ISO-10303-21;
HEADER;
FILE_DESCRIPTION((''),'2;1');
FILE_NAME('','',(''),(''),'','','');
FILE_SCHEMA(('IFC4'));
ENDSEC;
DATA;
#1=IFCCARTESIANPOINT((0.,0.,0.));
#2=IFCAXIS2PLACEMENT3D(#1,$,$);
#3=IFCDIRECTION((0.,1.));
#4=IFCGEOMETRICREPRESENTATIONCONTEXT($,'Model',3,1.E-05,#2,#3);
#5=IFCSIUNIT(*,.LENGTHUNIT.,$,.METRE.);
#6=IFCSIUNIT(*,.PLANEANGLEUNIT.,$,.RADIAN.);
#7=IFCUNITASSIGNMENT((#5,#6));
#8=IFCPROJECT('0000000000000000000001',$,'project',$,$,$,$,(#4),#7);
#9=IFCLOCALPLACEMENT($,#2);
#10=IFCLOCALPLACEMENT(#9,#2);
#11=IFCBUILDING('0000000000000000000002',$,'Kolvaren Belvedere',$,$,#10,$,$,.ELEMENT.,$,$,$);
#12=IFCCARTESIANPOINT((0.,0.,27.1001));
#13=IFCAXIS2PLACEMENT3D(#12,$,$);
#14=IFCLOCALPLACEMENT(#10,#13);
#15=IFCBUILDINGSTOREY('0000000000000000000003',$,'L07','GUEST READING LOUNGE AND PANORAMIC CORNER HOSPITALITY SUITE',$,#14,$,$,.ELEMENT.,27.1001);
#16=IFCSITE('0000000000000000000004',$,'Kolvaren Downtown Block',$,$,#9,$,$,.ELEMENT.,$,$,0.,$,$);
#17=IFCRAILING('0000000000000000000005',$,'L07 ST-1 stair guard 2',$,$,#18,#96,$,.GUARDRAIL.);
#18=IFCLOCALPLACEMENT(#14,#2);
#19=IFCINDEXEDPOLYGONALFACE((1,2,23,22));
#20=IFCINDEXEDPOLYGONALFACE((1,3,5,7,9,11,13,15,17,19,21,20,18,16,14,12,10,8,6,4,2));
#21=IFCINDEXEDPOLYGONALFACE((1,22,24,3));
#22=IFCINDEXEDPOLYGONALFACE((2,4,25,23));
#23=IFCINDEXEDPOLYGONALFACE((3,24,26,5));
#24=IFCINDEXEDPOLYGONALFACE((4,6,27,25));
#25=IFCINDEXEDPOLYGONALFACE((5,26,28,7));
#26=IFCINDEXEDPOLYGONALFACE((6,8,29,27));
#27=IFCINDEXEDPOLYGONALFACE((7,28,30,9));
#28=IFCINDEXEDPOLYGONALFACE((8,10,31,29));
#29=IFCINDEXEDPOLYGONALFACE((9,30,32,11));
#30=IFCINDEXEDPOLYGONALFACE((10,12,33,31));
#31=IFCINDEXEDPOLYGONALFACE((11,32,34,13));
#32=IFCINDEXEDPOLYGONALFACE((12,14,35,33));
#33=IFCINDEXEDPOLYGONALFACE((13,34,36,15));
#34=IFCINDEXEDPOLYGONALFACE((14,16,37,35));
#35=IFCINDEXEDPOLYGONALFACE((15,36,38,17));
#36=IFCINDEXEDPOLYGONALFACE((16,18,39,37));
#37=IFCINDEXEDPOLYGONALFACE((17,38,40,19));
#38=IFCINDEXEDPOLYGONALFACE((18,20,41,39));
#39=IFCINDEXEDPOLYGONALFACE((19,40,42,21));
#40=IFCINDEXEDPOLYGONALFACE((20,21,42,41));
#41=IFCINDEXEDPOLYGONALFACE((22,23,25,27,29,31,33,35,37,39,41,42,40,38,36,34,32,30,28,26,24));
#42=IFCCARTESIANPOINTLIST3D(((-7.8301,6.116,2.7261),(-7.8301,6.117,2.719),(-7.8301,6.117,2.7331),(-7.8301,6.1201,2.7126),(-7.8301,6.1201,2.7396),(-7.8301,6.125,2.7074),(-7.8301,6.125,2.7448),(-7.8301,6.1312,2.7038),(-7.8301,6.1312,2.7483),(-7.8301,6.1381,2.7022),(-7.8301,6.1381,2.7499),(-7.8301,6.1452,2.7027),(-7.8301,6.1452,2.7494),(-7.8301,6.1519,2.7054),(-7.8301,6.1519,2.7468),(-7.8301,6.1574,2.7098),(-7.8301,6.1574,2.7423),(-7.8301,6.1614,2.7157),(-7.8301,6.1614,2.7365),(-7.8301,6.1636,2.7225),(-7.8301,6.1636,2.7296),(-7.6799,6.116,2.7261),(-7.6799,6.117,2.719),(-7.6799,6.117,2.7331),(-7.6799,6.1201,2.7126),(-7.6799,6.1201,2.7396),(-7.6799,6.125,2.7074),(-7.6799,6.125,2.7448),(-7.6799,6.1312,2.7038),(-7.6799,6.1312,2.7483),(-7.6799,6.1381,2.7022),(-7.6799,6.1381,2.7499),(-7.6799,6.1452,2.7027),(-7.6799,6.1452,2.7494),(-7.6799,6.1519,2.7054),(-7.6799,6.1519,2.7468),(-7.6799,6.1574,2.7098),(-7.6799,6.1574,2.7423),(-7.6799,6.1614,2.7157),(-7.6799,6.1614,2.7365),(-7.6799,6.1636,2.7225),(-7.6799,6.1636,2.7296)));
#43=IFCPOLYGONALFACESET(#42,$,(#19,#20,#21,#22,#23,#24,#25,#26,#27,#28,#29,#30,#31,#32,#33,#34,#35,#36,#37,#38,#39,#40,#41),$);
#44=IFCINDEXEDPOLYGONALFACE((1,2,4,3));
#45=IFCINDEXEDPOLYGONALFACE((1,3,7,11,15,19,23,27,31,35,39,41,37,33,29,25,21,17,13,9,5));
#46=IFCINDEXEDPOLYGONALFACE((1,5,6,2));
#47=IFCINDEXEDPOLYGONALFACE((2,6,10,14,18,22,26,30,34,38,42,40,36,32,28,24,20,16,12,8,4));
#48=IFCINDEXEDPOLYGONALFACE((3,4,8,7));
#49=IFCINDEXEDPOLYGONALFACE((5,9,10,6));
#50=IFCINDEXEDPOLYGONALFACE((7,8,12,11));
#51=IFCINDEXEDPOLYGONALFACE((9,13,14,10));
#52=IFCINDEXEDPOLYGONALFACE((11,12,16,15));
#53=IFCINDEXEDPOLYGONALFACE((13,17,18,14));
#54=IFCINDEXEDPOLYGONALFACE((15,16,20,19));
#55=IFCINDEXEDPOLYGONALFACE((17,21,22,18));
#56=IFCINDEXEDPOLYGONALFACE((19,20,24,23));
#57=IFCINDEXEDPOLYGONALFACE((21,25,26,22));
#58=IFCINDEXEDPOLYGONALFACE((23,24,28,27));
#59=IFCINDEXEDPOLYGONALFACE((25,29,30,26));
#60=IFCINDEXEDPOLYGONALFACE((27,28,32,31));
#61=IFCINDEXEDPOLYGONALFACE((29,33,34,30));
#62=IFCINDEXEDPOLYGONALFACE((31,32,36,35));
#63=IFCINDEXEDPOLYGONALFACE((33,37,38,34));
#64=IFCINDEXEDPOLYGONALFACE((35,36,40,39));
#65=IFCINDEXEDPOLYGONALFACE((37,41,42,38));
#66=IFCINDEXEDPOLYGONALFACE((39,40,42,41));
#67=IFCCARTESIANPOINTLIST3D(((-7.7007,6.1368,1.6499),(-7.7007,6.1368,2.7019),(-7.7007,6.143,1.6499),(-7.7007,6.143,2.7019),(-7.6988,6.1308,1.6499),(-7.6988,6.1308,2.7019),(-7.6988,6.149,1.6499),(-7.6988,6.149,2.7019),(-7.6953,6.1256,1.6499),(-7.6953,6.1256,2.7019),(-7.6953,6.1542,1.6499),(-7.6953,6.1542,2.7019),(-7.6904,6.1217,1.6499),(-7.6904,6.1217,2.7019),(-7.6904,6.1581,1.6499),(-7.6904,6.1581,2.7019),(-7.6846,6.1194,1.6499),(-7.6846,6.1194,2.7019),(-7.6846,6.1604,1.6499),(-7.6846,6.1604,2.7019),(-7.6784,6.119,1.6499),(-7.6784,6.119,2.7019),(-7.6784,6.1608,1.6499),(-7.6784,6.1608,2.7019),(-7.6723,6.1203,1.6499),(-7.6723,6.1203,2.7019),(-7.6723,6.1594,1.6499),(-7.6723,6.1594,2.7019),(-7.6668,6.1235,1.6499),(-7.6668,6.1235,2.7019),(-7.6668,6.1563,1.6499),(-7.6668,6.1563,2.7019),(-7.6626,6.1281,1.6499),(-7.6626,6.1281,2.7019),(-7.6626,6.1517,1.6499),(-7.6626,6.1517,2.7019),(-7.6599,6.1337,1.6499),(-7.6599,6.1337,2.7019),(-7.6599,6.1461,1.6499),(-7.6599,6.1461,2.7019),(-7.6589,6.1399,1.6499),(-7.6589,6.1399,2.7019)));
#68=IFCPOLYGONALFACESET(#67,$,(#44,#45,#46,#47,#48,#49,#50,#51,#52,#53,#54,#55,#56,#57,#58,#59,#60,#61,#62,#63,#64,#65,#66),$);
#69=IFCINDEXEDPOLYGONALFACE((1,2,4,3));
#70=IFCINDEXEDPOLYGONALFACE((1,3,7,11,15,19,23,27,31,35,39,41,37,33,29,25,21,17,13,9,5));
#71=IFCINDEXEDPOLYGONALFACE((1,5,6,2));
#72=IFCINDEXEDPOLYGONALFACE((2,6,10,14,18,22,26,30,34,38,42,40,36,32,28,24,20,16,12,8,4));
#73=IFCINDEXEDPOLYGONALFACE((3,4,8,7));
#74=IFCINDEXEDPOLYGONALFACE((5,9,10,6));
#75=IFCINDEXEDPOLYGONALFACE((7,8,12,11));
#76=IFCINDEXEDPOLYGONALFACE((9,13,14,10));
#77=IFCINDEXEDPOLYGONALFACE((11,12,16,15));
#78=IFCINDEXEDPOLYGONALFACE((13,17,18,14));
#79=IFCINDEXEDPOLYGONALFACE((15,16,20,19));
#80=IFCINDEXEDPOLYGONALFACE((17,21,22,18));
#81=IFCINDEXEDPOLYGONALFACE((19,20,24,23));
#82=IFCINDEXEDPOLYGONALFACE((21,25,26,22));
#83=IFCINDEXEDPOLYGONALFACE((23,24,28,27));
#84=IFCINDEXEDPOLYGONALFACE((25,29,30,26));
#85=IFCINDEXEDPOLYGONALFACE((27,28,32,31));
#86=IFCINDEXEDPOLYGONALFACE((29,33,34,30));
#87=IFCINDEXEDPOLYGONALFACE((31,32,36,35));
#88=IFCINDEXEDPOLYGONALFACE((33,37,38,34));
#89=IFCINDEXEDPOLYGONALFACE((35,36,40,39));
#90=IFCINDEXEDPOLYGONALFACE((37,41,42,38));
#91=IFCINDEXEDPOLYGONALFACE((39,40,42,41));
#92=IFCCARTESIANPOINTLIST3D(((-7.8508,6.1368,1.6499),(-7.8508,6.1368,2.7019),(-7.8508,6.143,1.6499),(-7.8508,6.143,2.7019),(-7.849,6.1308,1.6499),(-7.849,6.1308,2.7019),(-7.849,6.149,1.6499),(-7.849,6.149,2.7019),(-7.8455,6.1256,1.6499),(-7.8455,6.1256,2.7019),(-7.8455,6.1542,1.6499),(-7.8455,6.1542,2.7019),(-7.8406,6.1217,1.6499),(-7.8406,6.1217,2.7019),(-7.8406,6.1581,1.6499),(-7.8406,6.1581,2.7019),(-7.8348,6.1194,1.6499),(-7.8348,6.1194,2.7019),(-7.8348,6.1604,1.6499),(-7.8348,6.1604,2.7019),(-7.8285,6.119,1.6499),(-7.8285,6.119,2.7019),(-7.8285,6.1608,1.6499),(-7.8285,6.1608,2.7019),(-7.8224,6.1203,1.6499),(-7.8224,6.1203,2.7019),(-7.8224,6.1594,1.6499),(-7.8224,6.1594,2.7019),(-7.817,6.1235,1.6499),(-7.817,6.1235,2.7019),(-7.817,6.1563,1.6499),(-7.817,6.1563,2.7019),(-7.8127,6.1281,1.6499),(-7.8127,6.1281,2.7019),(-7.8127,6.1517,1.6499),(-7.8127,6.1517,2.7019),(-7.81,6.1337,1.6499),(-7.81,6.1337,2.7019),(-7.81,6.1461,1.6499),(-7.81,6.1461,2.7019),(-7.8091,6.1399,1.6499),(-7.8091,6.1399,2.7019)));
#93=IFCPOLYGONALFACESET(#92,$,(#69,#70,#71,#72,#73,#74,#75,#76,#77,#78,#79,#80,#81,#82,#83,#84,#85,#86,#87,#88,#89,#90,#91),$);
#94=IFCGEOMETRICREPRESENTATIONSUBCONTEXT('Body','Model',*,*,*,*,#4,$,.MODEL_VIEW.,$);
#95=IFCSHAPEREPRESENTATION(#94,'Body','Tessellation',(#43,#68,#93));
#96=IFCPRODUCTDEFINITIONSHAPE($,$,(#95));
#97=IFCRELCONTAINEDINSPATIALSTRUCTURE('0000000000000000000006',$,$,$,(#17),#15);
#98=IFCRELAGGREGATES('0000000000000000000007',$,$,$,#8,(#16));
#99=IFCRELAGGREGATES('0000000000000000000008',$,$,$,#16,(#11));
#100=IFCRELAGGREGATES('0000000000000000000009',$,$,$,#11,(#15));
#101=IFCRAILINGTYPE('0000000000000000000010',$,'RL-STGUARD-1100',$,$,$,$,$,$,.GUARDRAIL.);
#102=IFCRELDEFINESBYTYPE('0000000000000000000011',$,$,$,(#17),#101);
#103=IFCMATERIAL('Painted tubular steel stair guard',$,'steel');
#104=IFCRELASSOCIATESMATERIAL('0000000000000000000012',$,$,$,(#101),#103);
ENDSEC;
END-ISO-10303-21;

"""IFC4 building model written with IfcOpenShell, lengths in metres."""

from ifc_helpers import new_model, si_unit, direction, frame, origin, origin_2d, place, context, subcontext, project, spatial, circle, extrude, material, type_object, element, save


model = new_model("IFC4")

# Units and contexts
model_context = context("Model", 3, precision=1e-05, world=origin(), true_north=direction((0.0, 1.0)))
body_context = subcontext(model_context, "Body", "Model", "MODEL_VIEW")
ifc_project = project(units=[si_unit("LENGTHUNIT", "METRE"), si_unit("PLANEANGLEUNIT", "RADIAN")], contexts=[model_context])

# Site, building, storey
site_placement = place(None, origin())
site = spatial("IfcSite", under=ifc_project, at=site_placement, Name="Kolvaren Downtown Block", CompositionType="ELEMENT", RefElevation=0.0)
building_placement = place(site_placement, origin())
building = spatial("IfcBuilding", under=site, at=building_placement, Name="Kolvaren Belvedere", CompositionType="ELEMENT")
storey_placement = place(building_placement, frame((0.0, 0.0, 27.1001)))
storey = spatial("IfcBuildingStorey", under=building, at=storey_placement, Name="L07", Description="GUEST READING LOUNGE AND PANORAMIC CORNER HOSPITALITY SUITE", CompositionType="ELEMENT", Elevation=27.1001)

# Railing
ifc_material_1 = material(Name="Painted tubular steel stair guard", Category="steel")
railing_type_1 = type_object("IfcRailingType", Name="RL-STGUARD-1100", PredefinedType="GUARDRAIL", material=ifc_material_1)
railing_1_placement = place(storey_placement, frame((-7.6799, 6.1399, 1.6499)))
element("IfcRailing", 1, at=railing_1_placement, inside=storey, type_object=railing_type_1, Name="L07 ST-1 stair guard 2", PredefinedType="GUARDRAIL", context=body_context, shape_type="SweptSolid", body=[
    extrude(circle(Radius=0.0239, at=origin_2d()), frame((0.0, 0.0, 1.0762), z_axis=(-1.0, 0.0, 0.0), x_axis=(0.0, -1.0, 0.0)), (0.0, 0.0, 1.0), 0.1501),
    extrude(circle(Radius=0.021, at=origin_2d()), origin(), (0.0, 0.0, 1.0), 1.052),
    extrude(circle(Radius=0.021, at=origin_2d()), frame((-0.1501, 0.0, 0.0)), (0.0, 0.0, 1.0), 1.052),
])

save(model, "model.ifc")
